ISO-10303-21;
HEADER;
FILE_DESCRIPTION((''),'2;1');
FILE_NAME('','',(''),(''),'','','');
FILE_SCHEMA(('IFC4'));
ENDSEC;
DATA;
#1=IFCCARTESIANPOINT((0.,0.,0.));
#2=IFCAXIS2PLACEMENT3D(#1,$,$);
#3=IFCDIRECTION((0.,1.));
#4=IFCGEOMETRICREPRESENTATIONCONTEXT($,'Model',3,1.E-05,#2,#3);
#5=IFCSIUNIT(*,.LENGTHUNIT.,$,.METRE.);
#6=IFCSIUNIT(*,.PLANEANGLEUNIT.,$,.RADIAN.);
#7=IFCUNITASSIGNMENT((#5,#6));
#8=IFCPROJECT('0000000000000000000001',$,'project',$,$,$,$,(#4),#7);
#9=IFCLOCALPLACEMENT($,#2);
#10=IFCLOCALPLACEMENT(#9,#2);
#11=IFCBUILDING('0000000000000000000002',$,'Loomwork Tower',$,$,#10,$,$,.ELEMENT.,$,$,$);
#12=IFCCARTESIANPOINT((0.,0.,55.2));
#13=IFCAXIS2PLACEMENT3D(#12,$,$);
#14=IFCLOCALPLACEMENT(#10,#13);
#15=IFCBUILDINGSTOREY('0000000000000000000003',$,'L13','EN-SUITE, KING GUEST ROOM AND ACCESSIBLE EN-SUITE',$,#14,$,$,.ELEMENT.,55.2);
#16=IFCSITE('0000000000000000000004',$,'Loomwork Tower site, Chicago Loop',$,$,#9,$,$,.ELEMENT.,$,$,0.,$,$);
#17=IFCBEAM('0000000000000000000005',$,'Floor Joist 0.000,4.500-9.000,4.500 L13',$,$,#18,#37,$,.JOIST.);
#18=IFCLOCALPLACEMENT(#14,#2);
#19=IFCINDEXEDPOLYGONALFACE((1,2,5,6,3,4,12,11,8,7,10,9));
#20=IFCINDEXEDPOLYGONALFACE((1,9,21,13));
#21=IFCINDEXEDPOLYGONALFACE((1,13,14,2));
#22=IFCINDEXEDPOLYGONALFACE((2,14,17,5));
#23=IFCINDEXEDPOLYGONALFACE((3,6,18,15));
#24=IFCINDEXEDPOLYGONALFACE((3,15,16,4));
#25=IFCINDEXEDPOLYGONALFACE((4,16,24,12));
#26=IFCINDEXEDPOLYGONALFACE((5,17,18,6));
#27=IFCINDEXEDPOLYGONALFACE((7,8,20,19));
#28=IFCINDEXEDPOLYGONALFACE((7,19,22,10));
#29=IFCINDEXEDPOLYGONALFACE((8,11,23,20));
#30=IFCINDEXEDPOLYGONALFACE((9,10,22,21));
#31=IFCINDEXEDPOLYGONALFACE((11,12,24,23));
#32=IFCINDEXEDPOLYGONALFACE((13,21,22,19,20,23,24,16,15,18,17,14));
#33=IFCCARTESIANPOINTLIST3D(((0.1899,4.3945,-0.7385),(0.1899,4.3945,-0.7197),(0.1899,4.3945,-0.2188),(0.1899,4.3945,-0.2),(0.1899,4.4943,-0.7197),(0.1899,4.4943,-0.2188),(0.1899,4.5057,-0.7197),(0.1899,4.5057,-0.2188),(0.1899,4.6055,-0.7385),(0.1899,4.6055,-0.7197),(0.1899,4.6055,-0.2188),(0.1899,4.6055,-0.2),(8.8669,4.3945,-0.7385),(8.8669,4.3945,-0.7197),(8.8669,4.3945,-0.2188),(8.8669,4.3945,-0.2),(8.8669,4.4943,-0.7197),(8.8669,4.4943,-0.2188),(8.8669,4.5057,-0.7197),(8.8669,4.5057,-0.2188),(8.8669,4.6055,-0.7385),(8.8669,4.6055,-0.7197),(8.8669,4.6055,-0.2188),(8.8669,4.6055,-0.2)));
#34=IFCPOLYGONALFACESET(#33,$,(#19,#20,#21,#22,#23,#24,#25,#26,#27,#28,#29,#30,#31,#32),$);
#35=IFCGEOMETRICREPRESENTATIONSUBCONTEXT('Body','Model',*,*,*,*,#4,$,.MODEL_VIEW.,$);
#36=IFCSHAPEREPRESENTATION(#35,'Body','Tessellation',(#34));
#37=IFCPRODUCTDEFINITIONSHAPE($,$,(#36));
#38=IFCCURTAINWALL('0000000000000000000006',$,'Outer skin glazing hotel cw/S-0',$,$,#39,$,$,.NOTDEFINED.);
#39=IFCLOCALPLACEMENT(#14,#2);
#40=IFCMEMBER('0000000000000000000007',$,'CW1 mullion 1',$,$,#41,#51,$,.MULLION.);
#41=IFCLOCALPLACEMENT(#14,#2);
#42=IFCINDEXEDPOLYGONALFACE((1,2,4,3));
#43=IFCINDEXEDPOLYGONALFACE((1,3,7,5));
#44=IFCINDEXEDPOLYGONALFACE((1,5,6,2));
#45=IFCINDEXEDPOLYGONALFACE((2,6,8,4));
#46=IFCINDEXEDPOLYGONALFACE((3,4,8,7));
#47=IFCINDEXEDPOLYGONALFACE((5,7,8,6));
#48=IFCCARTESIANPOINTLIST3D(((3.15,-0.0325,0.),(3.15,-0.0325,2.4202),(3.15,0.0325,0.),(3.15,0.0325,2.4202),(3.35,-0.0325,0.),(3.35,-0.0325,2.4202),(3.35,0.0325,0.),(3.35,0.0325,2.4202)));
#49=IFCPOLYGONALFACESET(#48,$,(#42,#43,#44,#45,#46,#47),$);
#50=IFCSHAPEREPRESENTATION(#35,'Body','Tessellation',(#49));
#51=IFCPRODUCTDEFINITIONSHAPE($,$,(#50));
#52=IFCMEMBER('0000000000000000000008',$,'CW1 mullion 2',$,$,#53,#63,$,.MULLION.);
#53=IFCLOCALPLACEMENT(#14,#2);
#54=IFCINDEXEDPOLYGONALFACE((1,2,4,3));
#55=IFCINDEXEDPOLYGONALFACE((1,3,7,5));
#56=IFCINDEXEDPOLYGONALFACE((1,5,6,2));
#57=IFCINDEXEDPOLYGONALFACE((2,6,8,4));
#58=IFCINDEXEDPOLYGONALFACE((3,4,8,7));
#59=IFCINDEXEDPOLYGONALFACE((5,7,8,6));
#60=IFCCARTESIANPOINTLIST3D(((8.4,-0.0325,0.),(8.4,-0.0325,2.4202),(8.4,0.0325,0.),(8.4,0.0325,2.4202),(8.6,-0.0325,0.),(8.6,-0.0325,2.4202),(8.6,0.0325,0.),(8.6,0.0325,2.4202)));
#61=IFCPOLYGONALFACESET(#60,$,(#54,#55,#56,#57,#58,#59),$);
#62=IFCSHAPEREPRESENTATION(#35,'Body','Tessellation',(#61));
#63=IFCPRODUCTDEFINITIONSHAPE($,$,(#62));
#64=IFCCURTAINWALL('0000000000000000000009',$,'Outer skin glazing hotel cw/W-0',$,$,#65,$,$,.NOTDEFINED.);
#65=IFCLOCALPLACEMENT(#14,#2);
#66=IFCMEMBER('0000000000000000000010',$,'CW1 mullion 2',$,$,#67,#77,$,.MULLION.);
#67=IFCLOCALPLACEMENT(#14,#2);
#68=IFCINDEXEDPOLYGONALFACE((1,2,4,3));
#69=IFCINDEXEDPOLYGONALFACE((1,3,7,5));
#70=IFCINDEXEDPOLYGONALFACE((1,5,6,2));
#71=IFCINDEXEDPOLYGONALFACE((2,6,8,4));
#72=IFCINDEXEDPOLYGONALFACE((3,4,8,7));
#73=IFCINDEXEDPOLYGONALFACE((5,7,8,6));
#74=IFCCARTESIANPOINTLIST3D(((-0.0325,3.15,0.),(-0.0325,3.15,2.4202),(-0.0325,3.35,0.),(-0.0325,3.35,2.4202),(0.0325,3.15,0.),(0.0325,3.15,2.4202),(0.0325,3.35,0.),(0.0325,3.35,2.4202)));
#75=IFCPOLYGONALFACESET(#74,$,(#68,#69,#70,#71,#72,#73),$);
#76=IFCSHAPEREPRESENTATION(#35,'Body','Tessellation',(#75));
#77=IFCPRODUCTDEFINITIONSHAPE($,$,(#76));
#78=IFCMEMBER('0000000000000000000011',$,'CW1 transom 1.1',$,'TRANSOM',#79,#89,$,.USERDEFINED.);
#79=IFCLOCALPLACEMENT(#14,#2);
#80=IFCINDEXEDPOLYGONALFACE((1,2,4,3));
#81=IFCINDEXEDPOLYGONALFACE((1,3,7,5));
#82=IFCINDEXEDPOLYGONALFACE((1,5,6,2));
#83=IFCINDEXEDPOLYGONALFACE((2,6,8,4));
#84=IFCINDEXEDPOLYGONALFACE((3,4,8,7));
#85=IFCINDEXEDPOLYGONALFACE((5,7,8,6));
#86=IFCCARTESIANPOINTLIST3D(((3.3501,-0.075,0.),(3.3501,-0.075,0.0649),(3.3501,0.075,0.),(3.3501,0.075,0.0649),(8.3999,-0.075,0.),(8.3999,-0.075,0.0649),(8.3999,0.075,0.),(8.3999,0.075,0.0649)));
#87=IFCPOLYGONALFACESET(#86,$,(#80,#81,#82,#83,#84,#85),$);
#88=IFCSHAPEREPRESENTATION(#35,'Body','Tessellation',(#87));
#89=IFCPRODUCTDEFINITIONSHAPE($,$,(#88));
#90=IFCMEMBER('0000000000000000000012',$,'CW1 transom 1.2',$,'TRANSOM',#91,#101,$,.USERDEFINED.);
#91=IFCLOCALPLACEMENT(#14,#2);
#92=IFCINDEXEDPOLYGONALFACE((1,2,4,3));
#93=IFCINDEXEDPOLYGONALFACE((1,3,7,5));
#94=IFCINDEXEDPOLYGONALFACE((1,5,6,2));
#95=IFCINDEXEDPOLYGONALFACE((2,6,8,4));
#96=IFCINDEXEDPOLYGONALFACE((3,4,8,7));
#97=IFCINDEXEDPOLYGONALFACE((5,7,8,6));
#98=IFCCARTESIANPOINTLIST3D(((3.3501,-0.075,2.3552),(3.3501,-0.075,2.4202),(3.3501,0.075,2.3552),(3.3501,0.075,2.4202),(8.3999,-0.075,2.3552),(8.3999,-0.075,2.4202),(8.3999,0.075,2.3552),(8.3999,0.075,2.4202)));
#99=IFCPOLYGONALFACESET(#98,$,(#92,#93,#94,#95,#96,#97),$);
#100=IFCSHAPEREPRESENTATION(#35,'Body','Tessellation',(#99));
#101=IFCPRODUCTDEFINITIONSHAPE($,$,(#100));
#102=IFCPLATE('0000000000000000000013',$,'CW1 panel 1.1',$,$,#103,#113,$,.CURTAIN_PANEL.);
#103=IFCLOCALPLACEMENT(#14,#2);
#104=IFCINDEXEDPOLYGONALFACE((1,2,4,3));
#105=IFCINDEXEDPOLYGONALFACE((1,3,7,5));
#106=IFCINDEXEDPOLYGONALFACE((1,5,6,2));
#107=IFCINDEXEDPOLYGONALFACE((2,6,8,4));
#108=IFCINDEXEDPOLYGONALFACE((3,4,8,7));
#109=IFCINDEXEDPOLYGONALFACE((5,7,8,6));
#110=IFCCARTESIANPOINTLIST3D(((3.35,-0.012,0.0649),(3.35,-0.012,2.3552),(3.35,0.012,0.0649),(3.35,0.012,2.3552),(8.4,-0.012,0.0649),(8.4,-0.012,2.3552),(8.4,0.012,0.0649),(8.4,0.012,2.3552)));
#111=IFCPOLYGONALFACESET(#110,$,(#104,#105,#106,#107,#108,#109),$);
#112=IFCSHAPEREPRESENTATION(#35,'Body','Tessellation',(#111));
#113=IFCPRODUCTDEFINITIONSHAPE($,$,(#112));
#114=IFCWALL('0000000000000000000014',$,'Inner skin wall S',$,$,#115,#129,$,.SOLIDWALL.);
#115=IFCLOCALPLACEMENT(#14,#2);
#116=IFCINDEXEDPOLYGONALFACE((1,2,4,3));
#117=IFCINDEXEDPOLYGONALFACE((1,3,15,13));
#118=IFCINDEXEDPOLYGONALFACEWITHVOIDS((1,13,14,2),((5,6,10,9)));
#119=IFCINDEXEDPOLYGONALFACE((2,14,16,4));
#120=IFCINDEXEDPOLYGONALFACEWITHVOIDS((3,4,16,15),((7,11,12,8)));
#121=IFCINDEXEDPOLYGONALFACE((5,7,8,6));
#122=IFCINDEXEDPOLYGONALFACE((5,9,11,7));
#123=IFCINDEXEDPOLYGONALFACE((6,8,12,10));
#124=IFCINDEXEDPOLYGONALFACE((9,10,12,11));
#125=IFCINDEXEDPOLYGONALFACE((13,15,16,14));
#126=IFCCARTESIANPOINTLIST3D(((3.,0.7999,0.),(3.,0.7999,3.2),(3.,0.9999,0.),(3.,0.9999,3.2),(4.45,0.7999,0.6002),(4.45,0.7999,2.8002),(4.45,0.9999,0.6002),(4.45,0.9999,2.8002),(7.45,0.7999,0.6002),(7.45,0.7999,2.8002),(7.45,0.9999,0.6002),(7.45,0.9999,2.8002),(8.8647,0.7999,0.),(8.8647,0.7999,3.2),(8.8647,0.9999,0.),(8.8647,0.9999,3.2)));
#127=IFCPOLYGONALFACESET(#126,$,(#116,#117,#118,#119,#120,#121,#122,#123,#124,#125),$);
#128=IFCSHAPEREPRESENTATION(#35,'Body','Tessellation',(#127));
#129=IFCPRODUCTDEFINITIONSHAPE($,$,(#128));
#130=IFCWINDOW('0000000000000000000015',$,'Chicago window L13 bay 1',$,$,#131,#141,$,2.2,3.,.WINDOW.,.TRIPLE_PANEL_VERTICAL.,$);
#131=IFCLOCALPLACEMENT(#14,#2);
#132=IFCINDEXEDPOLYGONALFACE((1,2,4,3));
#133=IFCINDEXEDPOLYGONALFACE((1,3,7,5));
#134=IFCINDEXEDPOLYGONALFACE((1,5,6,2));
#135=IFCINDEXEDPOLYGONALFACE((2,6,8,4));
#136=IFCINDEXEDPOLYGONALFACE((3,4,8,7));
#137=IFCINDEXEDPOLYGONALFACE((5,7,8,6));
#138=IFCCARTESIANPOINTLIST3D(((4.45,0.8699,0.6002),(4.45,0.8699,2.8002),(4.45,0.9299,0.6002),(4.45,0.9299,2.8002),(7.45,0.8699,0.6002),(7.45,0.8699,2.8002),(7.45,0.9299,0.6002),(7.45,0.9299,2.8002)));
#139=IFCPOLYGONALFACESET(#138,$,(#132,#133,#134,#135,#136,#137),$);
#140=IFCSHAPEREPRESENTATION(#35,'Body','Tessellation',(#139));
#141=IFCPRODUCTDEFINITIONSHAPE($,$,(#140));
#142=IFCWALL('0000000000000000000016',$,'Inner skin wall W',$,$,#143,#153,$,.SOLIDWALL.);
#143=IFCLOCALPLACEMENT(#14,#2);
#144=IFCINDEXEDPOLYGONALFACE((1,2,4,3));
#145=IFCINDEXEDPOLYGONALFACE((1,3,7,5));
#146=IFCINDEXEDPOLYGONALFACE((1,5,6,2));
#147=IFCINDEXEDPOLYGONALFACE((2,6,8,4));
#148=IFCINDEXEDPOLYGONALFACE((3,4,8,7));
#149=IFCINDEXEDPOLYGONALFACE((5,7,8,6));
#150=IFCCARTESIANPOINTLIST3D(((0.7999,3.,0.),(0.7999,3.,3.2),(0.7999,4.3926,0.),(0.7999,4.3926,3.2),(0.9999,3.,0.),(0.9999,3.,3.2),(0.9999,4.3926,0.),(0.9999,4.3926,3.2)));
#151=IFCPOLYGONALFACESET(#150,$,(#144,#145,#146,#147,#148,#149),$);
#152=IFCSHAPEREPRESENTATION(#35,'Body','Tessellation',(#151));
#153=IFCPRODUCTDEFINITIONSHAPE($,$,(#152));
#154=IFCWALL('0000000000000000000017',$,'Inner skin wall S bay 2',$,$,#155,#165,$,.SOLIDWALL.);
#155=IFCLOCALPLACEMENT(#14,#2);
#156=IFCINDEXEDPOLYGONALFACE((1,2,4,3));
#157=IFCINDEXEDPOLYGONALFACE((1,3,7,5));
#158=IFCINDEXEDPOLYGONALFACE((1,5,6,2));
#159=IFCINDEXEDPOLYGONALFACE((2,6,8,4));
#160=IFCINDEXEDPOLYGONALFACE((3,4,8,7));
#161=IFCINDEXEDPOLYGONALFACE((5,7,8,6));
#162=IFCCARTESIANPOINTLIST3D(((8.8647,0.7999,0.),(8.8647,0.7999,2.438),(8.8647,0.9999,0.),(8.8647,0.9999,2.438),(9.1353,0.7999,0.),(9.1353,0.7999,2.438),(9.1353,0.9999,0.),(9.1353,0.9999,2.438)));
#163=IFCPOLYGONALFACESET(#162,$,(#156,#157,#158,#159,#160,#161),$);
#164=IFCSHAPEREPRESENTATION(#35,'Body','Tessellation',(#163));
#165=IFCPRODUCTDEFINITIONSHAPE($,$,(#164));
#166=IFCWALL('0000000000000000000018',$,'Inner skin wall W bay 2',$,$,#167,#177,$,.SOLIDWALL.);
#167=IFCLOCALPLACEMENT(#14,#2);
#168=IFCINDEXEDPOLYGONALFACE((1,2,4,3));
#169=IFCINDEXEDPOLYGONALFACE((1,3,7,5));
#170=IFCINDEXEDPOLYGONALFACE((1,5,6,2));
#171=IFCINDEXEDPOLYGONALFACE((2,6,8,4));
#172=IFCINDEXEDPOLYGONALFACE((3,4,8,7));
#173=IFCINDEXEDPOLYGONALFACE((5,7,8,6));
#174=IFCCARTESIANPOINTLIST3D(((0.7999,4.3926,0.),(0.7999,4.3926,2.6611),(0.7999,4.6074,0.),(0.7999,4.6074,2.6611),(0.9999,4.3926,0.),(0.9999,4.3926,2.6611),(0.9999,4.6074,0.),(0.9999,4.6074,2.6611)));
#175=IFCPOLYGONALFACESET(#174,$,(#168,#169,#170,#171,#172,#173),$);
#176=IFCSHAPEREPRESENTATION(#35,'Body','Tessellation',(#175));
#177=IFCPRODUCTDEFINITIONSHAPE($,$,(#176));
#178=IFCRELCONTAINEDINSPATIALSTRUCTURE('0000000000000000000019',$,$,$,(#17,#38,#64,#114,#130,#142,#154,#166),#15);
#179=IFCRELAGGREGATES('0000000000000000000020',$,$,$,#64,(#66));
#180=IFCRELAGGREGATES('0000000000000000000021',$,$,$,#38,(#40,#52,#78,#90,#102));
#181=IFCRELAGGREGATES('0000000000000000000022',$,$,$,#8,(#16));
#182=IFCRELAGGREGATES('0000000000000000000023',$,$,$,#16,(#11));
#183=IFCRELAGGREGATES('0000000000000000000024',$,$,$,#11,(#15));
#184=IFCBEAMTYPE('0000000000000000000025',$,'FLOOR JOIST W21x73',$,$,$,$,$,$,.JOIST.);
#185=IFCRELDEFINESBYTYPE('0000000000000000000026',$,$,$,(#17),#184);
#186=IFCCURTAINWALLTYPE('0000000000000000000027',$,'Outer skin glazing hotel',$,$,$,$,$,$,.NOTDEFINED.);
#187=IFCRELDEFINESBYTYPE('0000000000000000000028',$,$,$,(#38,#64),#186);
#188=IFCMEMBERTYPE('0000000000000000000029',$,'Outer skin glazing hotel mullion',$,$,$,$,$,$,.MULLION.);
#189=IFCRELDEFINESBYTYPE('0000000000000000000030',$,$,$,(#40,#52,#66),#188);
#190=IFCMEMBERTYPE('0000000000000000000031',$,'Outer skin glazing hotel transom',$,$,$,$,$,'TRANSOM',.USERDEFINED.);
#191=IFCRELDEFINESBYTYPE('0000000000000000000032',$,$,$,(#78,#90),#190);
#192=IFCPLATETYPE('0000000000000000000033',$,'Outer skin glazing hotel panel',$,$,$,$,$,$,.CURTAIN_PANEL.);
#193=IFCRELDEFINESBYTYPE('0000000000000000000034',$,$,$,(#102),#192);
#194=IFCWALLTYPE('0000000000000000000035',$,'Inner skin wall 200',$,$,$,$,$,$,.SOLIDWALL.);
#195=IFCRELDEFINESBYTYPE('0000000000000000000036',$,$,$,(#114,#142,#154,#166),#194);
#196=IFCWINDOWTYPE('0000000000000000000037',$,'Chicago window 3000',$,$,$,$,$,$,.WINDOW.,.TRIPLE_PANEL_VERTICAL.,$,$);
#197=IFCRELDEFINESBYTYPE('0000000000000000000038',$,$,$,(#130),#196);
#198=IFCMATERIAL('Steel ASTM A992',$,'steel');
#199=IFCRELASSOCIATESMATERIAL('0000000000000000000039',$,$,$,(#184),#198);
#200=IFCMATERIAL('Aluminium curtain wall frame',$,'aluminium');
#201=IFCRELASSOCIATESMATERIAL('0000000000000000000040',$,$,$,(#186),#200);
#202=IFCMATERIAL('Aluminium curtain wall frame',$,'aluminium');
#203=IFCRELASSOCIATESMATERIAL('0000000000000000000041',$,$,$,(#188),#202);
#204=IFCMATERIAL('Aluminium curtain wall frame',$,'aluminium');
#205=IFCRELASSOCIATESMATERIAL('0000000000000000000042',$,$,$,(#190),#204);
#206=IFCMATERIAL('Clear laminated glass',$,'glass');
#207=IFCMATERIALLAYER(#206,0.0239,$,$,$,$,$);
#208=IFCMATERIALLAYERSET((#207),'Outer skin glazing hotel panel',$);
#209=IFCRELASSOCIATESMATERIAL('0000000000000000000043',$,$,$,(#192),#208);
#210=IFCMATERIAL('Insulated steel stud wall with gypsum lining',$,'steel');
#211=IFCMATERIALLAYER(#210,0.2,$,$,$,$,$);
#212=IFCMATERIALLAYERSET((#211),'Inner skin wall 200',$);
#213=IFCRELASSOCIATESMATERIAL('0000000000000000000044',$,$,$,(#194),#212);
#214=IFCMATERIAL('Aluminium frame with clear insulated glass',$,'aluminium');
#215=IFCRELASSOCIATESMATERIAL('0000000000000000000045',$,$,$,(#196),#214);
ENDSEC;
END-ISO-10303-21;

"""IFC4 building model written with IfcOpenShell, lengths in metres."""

from ifc_helpers import new_model, si_unit, direction, frame, frame_2d, origin, origin_2d, place, context, subcontext, project, spatial, rectangle, i_section, extrude, material, layer, layer_set, material_profile, profile_set, type_object, element, fill, aggregate, save


model = new_model("IFC4")

# Units and contexts
model_context = context("Model", 3, precision=1e-05, world=origin(), true_north=direction((0.0, 1.0)))
body_context = subcontext(model_context, "Body", "Model", "MODEL_VIEW")
ifc_project = project(units=[si_unit("LENGTHUNIT", "METRE"), si_unit("PLANEANGLEUNIT", "RADIAN")], contexts=[model_context])

# Site, building, storey
site_placement = place(None, origin())
site = spatial("IfcSite", under=ifc_project, at=site_placement, Name="Loomwork Tower site, Chicago Loop", CompositionType="ELEMENT", RefElevation=0.0)
building_placement = place(site_placement, origin())
building = spatial("IfcBuilding", under=site, at=building_placement, Name="Loomwork Tower", CompositionType="ELEMENT")
storey_placement = place(building_placement, frame((0.0, 0.0, 55.2)))
storey = spatial("IfcBuildingStorey", under=building, at=storey_placement, Name="L13", Description="EN-SUITE, KING GUEST ROOM AND ACCESSIBLE EN-SUITE", CompositionType="ELEMENT", Elevation=55.2)

# Beam
ifc_material_1 = material(Name="Steel ASTM A992", Category="steel")
ifc_material_profile_1 = material_profile(ifc_material_1, i_section(OverallWidth=0.2109, OverallDepth=0.5386, WebThickness=0.0115, FlangeThickness=0.0188, at=origin_2d()), Name="W21x73")
ifc_profile_set_1 = profile_set([ifc_material_profile_1], Name="Steel ASTM A992")
beam_type = type_object("IfcBeamType", Name="FLOOR JOIST W21x73", PredefinedType="JOIST", material=ifc_profile_set_1)
beam_placement = place(storey_placement, frame((0.1899, 4.5, -0.4692), z_axis=(1.0, 0.0, 0.0), x_axis=(0.0, 1.0, 0.0)))
element("IfcBeam", 1, at=beam_placement, inside=storey, type_object=beam_type, Name="Floor Joist 0.000,4.500-9.000,4.500 L13", PredefinedType="JOIST", context=body_context, shape_type="SweptSolid", body=[
    extrude(i_section(OverallWidth=0.2109, OverallDepth=0.5386, WebThickness=0.0115, FlangeThickness=0.0188, at=origin_2d()), origin(), (0.0, 0.0, 1.0), 8.677),
])

# Curtain wall, members
ifc_material_2 = material(Name="Aluminium curtain wall frame", Category="aluminium")
curtain_wall_type = type_object("IfcCurtainWallType", Name="Outer skin glazing hotel", PredefinedType="NOTDEFINED", material=ifc_material_2)
curtain_wall_1_placement = place(storey_placement, origin())
curtain_wall_1 = element("IfcCurtainWall", 2, at=curtain_wall_1_placement, inside=storey, type_object=curtain_wall_type, Name="Outer skin glazing hotel cw/S-0", PredefinedType="NOTDEFINED")
ifc_material_3 = material(Name="Aluminium curtain wall frame", Category="aluminium")
ifc_material_profile_2 = material_profile(ifc_material_3, rectangle(XDim=0.0649, YDim=0.2, at=origin_2d()), Name="AL 65x200")
ifc_profile_set_2 = profile_set([ifc_material_profile_2], Name="Aluminium curtain wall frame")
member_type_1 = type_object("IfcMemberType", Name="Outer skin glazing hotel mullion", PredefinedType="MULLION", material=ifc_profile_set_2)
member_1_placement = place(storey_placement, frame((3.25, 0.0, 0.0), z_axis=(0.0, 0.0, 1.0), x_axis=(0.0, 1.0, 0.0)))
member_1 = element("IfcMember", 3, at=member_1_placement, type_object=member_type_1, Name="CW1 mullion 1", PredefinedType="MULLION", context=body_context, shape_type="SweptSolid", body=[
    extrude(rectangle(XDim=0.0649, YDim=0.2, at=origin_2d()), origin(), (0.0, 0.0, 1.0), 2.4202),
])
member_2_placement = place(storey_placement, frame((8.5, 0.0, 0.0), z_axis=(0.0, 0.0, 1.0), x_axis=(0.0, 1.0, 0.0)))
member_2 = element("IfcMember", 4, at=member_2_placement, type_object=member_type_1, Name="CW1 mullion 2", PredefinedType="MULLION", context=body_context, shape_type="SweptSolid", body=[
    extrude(rectangle(XDim=0.0649, YDim=0.2, at=origin_2d()), origin(), (0.0, 0.0, 1.0), 2.4202),
])

# Curtain wall, member
curtain_wall_2_placement = place(storey_placement, origin())
curtain_wall_2 = element("IfcCurtainWall", 5, at=curtain_wall_2_placement, inside=storey, type_object=curtain_wall_type, Name="Outer skin glazing hotel cw/W-0", PredefinedType="NOTDEFINED")
member_3_placement = place(storey_placement, frame((0.0, 3.25, 0.0), z_axis=(0.0, 0.0, 1.0), x_axis=(1.0, 0.0, 0.0)))
member_3 = element("IfcMember", 6, at=member_3_placement, type_object=member_type_1, Name="CW1 mullion 2", PredefinedType="MULLION", context=body_context, shape_type="SweptSolid", body=[
    extrude(rectangle(XDim=0.0649, YDim=0.2, at=origin_2d()), origin(), (0.0, 0.0, 1.0), 2.4202),
])
aggregate(curtain_wall_2, [member_3])

# Members
ifc_material_4 = material(Name="Aluminium curtain wall frame", Category="aluminium")
ifc_material_profile_3 = material_profile(ifc_material_4, rectangle(XDim=0.1499, YDim=0.0649, at=origin_2d()), Name="AL 65x150")
ifc_profile_set_3 = profile_set([ifc_material_profile_3], Name="Aluminium curtain wall frame")
member_type_2 = type_object("IfcMemberType", Name="Outer skin glazing hotel transom", ElementType="TRANSOM", PredefinedType="USERDEFINED", material=ifc_profile_set_3)
member_4_placement = place(storey_placement, frame((3.3501, 0.0, 0.0325), z_axis=(1.0, 0.0, 0.0), x_axis=(0.0, 1.0, 0.0)))
member_4 = element("IfcMember", 7, at=member_4_placement, type_object=member_type_2, Name="CW1 transom 1.1", ObjectType="TRANSOM", PredefinedType="USERDEFINED", context=body_context, shape_type="SweptSolid", body=[
    extrude(rectangle(XDim=0.1499, YDim=0.0649, at=origin_2d()), origin(), (0.0, 0.0, 1.0), 5.0498),
])
member_5_placement = place(storey_placement, frame((3.3501, 0.0, 2.3877), z_axis=(1.0, 0.0, 0.0), x_axis=(0.0, 1.0, 0.0)))
member_5 = element("IfcMember", 8, at=member_5_placement, type_object=member_type_2, Name="CW1 transom 1.2", ObjectType="TRANSOM", PredefinedType="USERDEFINED", context=body_context, shape_type="SweptSolid", body=[
    extrude(rectangle(XDim=0.1499, YDim=0.0649, at=origin_2d()), origin(), (0.0, 0.0, 1.0), 5.0498),
])

# Plate
ifc_material_5 = material(Name="Clear laminated glass", Category="glass")
ifc_layer_1 = layer(ifc_material_5, 0.0239)
ifc_layer_set_1 = layer_set([ifc_layer_1], Name="Outer skin glazing hotel panel")
plate_type = type_object("IfcPlateType", Name="Outer skin glazing hotel panel", PredefinedType="CURTAIN_PANEL", material=ifc_layer_set_1)
plate_placement = place(storey_placement, frame((5.875, 0.0, 0.0649), z_axis=(0.0, 0.0, 1.0), x_axis=(1.0, 0.0, 0.0)))
plate = element("IfcPlate", 9, at=plate_placement, type_object=plate_type, Name="CW1 panel 1.1", PredefinedType="CURTAIN_PANEL", context=body_context, shape_type="SweptSolid", body=[
    extrude(rectangle(XDim=5.05, YDim=0.0239, at=origin_2d()), origin(), (0.0, 0.0, 1.0), 2.2903),
])
aggregate(curtain_wall_1, [member_1, member_2, member_4, member_5, plate])

# Wall, opening, window
ifc_material_6 = material(Name="Insulated steel stud wall with gypsum lining", Category="steel")
ifc_layer_2 = layer(ifc_material_6, 0.2)
ifc_layer_set_2 = layer_set([ifc_layer_2], Name="Inner skin wall 200")
wall_type_1 = type_object("IfcWallType", Name="Inner skin wall 200", PredefinedType="SOLIDWALL", material=ifc_layer_set_2)
wall_1_placement = place(storey_placement, frame((3.0, 0.8999, 0.0), z_axis=(0.0, 0.0, 1.0), x_axis=(1.0, 0.0, 0.0)))
wall_1 = element("IfcWall", 10, at=wall_1_placement, inside=storey, type_object=wall_type_1, Name="Inner skin wall S", PredefinedType="SOLIDWALL", context=body_context, shape_type="SweptSolid", body=[
    extrude(rectangle(XDim=5.8647, YDim=0.2, at=frame_2d((2.9324, 0.0))), origin(), (0.0, 0.0, 1.0), 3.2),
])
opening_1_placement = place(wall_1_placement, frame((1.45, 0.0, 0.6001)))
opening_1 = element("IfcOpeningElement", 11, at=opening_1_placement, cuts=wall_1, PredefinedType="OPENING", context=body_context, shape_type="SweptSolid", body=[
    extrude(rectangle(XDim=3.0, YDim=2.2, at=frame_2d((1.5, 1.1001))), frame((0.0, 0.1099, 0.0), z_axis=(0.0, -1.0, 0.0), x_axis=(1.0, 0.0, 0.0)), (0.0, 0.0, 1.0), 0.22),
])
ifc_material_7 = material(Name="Aluminium frame with clear insulated glass", Category="aluminium")
window_type_1 = type_object("IfcWindowType", Name="Chicago window 3000", PartitioningType="TRIPLE_PANEL_VERTICAL", PredefinedType="WINDOW", material=ifc_material_7)
window_1_placement = place(opening_1_placement, origin())
window_1 = element("IfcWindow", 12, at=window_1_placement, inside=storey, type_object=window_type_1, Name="Chicago window L13 bay 1", OverallHeight=2.2, OverallWidth=3.0, PartitioningType="TRIPLE_PANEL_VERTICAL", PredefinedType="WINDOW", context=body_context, shape_type="SweptSolid", body=[
    extrude(rectangle(XDim=3.0, YDim=2.2, at=frame_2d((1.5, 1.1001))), frame((0.0, 0.03, 0.0), z_axis=(0.0, -1.0, 0.0), x_axis=(1.0, 0.0, 0.0)), (0.0, 0.0, 1.0), 0.0601),
])
fill(opening_1, window_1)

# Walls
wall_2_placement = place(storey_placement, frame((0.8999, 3.0, 0.0), z_axis=(0.0, 0.0, 1.0), x_axis=(0.0, 1.0, 0.0)))
element("IfcWall", 13, at=wall_2_placement, inside=storey, type_object=wall_type_1, Name="Inner skin wall W", PredefinedType="SOLIDWALL", context=body_context, shape_type="SweptSolid", body=[
    extrude(rectangle(XDim=1.3926, YDim=0.2, at=frame_2d((0.6963, 0.0))), origin(), (0.0, 0.0, 1.0), 3.2),
])
wall_3_placement = place(storey_placement, frame((8.8647, 0.8999, 0.0), z_axis=(0.0, 0.0, 1.0), x_axis=(1.0, 0.0, 0.0)))
element("IfcWall", 14, at=wall_3_placement, inside=storey, type_object=wall_type_1, Name="Inner skin wall S bay 2", PredefinedType="SOLIDWALL", context=body_context, shape_type="SweptSolid", body=[
    extrude(rectangle(XDim=0.2705, YDim=0.2, at=frame_2d((0.1353, 0.0))), origin(), (0.0, 0.0, 1.0), 2.438),
])
wall_4_placement = place(storey_placement, frame((0.8999, 4.3926, 0.0), z_axis=(0.0, 0.0, 1.0), x_axis=(0.0, 1.0, 0.0)))
element("IfcWall", 15, at=wall_4_placement, inside=storey, type_object=wall_type_1, Name="Inner skin wall W bay 2", PredefinedType="SOLIDWALL", context=body_context, shape_type="SweptSolid", body=[
    extrude(rectangle(XDim=0.2148, YDim=0.2, at=frame_2d((0.1074, 0.0))), origin(), (0.0, 0.0, 1.0), 2.6611),
])

save(model, "model.ifc")
